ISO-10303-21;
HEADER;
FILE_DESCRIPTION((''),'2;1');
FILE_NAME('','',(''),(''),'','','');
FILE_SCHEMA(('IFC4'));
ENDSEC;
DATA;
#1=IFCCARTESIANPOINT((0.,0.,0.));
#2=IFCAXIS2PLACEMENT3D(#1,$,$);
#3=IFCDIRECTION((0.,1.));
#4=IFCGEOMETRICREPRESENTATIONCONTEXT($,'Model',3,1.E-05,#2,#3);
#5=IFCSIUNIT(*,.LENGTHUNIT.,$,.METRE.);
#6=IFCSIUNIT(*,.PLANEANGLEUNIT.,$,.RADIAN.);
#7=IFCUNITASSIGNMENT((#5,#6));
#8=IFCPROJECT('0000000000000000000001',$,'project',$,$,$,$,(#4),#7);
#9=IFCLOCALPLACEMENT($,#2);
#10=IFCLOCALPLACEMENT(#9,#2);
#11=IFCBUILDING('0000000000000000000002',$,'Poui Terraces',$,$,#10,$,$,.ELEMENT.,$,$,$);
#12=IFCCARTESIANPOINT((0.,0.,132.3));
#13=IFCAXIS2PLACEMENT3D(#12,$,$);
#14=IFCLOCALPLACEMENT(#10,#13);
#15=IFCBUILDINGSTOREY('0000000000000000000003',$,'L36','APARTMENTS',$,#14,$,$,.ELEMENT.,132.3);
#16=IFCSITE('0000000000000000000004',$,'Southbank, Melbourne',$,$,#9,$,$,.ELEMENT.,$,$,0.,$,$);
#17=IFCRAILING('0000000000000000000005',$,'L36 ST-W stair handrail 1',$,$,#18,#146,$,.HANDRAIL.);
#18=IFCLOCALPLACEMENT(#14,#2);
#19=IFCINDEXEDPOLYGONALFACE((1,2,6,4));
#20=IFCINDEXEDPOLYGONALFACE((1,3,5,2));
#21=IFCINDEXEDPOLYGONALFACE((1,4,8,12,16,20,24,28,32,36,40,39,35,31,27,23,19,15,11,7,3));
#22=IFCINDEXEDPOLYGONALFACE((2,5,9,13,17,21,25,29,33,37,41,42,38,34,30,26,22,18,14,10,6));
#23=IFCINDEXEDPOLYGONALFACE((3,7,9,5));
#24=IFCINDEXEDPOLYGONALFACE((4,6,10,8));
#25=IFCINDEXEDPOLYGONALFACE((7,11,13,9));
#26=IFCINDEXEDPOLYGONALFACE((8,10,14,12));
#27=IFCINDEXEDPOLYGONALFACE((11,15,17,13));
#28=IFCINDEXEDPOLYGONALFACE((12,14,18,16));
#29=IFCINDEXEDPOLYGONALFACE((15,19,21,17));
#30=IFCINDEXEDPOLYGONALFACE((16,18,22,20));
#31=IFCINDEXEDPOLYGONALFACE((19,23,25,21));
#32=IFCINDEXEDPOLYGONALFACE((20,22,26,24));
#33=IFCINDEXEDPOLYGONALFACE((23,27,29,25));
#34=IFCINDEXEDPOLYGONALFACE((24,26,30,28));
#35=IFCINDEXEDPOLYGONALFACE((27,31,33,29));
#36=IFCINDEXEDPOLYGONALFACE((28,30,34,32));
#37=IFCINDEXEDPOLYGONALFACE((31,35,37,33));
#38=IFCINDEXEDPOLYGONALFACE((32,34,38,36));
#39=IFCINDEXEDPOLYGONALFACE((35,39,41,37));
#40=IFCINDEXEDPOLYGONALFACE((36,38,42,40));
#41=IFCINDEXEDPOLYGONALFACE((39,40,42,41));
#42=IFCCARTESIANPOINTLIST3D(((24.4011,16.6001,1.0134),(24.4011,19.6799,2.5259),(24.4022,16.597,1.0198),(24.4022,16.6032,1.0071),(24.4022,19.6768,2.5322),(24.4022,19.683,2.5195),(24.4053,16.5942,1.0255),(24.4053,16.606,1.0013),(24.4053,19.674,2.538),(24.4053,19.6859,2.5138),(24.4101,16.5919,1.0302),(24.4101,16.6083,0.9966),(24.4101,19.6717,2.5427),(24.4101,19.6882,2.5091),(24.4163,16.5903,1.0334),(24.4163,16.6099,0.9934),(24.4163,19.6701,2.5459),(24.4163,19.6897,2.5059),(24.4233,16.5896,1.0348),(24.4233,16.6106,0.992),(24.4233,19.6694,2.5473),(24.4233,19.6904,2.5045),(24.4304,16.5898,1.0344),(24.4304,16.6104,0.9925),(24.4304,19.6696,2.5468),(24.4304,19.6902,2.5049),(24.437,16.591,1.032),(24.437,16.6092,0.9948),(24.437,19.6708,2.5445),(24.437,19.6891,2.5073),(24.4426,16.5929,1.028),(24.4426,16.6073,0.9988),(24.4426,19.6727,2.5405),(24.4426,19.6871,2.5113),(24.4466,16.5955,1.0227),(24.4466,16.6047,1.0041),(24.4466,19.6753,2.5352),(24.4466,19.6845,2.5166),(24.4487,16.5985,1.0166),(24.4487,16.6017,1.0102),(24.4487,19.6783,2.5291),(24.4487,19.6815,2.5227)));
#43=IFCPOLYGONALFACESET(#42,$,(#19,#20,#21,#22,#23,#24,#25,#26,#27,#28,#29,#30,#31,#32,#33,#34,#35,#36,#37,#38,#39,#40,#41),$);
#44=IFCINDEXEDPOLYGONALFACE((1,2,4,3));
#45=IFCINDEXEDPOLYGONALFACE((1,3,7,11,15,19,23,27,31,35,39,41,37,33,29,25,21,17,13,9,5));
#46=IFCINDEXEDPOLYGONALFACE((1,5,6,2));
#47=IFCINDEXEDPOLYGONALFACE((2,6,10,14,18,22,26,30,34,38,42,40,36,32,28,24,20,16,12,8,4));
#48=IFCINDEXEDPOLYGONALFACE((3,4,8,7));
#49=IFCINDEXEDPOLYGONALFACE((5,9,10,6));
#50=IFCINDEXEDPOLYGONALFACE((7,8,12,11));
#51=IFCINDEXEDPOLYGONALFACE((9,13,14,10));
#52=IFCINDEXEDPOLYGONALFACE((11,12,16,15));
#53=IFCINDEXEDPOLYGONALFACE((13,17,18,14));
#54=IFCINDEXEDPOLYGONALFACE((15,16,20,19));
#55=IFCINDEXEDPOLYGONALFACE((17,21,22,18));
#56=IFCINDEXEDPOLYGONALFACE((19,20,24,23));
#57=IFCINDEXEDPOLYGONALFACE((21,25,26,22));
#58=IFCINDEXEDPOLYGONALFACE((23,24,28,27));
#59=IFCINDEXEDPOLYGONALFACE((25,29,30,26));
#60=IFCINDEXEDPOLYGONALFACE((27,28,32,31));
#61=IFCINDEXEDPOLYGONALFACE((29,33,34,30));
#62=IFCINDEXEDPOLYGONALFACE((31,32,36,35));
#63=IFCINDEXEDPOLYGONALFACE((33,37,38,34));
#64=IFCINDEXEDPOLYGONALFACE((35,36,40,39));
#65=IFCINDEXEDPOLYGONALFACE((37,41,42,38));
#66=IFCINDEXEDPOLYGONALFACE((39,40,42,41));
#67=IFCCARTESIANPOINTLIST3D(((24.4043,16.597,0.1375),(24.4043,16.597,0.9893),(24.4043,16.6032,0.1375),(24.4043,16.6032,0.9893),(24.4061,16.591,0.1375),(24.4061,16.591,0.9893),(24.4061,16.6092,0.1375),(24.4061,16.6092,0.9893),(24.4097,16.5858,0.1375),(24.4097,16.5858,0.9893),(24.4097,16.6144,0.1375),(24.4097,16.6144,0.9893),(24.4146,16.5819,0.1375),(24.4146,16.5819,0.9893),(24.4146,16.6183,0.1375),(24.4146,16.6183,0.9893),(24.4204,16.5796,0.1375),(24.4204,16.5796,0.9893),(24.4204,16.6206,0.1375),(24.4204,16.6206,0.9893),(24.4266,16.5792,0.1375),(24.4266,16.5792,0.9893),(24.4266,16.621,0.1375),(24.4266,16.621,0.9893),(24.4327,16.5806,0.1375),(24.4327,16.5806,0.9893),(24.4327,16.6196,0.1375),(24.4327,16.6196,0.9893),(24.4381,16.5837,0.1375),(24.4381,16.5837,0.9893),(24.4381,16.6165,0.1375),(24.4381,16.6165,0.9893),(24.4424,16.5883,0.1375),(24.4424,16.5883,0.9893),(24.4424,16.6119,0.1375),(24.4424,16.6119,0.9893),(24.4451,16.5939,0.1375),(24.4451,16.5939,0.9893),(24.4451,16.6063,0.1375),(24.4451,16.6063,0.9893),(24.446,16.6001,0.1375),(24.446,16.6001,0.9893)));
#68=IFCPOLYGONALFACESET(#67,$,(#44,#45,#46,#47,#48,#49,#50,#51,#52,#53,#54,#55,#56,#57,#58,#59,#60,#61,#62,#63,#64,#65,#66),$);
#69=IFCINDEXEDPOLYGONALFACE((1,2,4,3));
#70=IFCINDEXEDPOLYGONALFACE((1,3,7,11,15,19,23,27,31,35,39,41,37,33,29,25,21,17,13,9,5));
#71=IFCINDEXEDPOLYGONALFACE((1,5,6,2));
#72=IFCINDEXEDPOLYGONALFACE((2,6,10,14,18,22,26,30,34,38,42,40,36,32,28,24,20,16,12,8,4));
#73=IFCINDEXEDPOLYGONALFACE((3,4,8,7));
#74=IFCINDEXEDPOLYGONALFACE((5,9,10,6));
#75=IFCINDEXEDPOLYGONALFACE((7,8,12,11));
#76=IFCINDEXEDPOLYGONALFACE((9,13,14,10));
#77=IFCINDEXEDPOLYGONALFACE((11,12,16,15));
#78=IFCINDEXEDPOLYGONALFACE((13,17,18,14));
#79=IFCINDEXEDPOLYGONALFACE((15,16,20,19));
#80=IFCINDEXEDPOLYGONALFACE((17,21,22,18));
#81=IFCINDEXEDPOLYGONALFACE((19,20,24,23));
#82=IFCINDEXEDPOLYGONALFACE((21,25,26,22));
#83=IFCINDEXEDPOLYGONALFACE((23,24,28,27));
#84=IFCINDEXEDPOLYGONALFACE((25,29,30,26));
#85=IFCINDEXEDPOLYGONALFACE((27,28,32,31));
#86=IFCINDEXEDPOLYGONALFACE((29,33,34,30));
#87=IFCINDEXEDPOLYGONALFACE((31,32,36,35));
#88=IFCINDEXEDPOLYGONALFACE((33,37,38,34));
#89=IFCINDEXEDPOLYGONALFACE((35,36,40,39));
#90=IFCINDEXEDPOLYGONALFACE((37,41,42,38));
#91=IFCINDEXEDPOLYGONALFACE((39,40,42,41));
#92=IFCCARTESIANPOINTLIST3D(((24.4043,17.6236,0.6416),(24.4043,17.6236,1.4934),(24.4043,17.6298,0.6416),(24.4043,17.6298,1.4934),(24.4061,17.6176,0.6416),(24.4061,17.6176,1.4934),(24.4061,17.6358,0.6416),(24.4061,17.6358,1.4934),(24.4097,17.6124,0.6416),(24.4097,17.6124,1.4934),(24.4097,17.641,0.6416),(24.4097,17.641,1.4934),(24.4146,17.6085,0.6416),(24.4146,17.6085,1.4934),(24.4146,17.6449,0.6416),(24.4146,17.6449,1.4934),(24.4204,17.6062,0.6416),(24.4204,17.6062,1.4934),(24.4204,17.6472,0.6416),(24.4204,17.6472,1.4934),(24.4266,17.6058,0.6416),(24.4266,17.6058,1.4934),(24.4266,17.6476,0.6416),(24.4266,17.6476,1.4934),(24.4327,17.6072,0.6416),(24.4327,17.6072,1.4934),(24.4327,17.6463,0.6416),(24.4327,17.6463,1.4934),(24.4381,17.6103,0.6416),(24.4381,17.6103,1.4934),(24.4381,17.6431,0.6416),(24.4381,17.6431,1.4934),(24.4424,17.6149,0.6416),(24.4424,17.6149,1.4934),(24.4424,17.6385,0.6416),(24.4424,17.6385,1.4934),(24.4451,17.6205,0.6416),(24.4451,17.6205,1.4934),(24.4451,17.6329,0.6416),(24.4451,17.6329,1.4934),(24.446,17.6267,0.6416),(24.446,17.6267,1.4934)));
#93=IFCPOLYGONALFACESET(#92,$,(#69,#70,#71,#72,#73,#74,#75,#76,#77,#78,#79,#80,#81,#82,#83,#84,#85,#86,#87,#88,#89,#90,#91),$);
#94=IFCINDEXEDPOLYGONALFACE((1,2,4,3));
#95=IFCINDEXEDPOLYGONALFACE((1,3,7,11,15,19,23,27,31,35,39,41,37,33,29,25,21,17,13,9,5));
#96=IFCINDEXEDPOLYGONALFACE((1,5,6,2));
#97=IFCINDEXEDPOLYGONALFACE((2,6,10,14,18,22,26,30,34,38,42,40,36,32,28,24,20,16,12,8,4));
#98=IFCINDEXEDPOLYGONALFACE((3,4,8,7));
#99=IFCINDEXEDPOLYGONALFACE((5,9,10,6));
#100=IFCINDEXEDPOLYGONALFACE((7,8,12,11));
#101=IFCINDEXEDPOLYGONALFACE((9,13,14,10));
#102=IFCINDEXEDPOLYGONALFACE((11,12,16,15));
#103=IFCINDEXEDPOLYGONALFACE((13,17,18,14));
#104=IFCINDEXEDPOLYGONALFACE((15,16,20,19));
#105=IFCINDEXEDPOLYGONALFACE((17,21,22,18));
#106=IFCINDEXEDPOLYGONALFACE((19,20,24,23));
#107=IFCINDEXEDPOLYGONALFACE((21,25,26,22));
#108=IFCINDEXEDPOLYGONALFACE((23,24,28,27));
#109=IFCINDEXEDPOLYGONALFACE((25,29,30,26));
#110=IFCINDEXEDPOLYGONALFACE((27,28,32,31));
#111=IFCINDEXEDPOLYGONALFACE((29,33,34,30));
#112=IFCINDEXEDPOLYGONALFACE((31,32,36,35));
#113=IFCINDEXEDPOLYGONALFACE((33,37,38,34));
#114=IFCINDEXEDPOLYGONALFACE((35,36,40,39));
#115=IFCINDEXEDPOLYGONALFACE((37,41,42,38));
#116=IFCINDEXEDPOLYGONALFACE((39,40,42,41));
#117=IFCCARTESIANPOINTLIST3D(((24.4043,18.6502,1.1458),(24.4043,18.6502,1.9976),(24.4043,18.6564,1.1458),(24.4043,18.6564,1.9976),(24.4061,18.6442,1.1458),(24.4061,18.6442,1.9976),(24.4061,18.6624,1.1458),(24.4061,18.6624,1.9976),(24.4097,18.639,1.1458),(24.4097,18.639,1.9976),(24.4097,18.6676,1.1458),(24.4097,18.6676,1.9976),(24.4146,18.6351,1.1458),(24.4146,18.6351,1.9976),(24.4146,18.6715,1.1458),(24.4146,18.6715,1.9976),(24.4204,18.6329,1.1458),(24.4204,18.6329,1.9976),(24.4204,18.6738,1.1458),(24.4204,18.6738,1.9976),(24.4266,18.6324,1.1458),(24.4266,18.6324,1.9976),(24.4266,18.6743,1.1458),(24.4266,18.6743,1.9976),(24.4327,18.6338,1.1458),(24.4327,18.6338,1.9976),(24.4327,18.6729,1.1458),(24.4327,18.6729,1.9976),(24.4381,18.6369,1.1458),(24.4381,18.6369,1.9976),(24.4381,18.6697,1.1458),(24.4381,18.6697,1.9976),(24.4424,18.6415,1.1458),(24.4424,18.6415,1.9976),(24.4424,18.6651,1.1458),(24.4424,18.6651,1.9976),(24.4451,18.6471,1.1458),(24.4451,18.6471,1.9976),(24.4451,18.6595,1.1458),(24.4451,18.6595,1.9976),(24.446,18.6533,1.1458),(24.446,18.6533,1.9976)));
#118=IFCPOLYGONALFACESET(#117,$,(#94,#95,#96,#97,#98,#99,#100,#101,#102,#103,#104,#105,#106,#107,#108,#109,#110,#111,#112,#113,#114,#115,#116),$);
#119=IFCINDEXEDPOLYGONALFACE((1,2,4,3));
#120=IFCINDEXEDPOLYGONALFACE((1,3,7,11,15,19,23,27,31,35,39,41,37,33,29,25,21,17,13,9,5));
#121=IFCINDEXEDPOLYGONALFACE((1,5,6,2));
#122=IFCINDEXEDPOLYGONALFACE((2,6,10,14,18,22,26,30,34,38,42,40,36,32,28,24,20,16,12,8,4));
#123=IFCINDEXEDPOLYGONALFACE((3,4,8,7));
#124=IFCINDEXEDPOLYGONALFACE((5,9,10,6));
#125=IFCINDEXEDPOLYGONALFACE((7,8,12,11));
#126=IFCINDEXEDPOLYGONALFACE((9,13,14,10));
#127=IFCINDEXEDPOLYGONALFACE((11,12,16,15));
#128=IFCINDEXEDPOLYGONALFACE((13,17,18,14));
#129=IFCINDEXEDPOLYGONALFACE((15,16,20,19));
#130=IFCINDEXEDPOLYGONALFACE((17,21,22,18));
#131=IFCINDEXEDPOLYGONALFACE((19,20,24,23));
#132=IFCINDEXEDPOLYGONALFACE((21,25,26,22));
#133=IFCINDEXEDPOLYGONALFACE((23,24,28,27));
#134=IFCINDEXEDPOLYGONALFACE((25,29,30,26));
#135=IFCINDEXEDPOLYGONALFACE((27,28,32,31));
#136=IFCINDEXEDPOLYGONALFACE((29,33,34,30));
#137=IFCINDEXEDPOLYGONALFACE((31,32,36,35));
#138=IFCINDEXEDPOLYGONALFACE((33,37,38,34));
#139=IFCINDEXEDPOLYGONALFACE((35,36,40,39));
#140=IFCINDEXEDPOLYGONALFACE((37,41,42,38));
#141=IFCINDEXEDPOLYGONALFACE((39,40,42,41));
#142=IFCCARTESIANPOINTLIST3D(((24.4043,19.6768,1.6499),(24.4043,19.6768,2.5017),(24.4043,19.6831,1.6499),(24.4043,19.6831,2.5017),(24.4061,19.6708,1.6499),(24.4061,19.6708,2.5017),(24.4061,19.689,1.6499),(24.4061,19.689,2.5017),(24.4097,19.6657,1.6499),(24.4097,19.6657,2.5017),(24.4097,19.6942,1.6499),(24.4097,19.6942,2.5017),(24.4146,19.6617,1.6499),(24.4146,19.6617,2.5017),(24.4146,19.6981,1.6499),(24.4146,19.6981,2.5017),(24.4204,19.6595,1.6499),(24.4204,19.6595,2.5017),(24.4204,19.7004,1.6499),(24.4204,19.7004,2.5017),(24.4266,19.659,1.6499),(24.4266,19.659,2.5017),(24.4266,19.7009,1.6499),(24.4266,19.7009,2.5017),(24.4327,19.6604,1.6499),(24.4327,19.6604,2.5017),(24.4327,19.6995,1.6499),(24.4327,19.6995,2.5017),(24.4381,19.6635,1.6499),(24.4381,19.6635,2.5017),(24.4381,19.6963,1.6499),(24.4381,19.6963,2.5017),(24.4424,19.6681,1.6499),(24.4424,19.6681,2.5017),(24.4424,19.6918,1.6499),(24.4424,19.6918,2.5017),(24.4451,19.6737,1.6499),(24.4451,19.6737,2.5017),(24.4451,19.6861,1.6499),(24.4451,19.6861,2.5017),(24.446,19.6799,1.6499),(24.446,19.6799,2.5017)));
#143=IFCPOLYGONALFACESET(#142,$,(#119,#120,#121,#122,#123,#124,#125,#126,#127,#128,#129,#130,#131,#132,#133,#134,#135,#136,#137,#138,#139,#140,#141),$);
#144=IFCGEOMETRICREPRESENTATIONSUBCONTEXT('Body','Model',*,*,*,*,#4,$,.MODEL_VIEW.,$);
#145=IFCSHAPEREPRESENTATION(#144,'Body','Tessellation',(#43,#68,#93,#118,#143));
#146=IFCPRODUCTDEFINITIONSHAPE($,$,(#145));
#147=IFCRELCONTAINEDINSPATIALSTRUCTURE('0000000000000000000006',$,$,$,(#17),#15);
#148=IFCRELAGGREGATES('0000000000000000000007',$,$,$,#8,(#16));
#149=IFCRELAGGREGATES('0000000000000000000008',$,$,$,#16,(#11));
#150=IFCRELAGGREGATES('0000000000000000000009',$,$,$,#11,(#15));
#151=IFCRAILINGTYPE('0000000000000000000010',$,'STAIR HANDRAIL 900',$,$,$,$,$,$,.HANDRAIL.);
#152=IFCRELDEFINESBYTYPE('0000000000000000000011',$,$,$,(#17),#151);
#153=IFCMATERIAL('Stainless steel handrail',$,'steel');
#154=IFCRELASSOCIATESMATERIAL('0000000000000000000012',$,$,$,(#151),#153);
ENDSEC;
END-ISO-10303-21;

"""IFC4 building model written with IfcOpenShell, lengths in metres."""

from ifc_helpers import new_model, si_unit, direction, frame, origin, origin_2d, place, context, subcontext, project, spatial, circle, extrude, material, type_object, element, save


model = new_model("IFC4")

# Units and contexts
model_context = context("Model", 3, precision=1e-05, world=origin(), true_north=direction((0.0, 1.0)))
body_context = subcontext(model_context, "Body", "Model", "MODEL_VIEW")
ifc_project = project(units=[si_unit("LENGTHUNIT", "METRE"), si_unit("PLANEANGLEUNIT", "RADIAN")], contexts=[model_context])

# Site, building, storey
site_placement = place(None, origin())
site = spatial("IfcSite", under=ifc_project, at=site_placement, Name="Southbank, Melbourne", CompositionType="ELEMENT", RefElevation=0.0)
building_placement = place(site_placement, origin())
building = spatial("IfcBuilding", under=site, at=building_placement, Name="Poui Terraces", CompositionType="ELEMENT")
storey_placement = place(building_placement, frame((0.0, 0.0, 132.3)))
storey = spatial("IfcBuildingStorey", under=building, at=storey_placement, Name="L36", Description="APARTMENTS", CompositionType="ELEMENT", Elevation=132.3)

# Railing
ifc_material_1 = material(Name="Stainless steel handrail", Category="steel")
railing_type_1 = type_object("IfcRailingType", Name="STAIR HANDRAIL 900", PredefinedType="HANDRAIL", material=ifc_material_1)
railing_1_placement = place(storey_placement, frame((24.425, 16.6001, 0.1375)))
element("IfcRailing", 1, at=railing_1_placement, inside=storey, type_object=railing_type_1, Name="L36 ST-W stair handrail 1", PredefinedType="HANDRAIL", context=body_context, shape_type="SweptSolid", body=[
    extrude(circle(Radius=0.0239, at=origin_2d()), frame((0.0, 0.0, 0.876), z_axis=(0.0, 0.897606, 0.440798), x_axis=(-1.0, 0.0, 0.0)), (0.0, 0.0, 1.0), 3.4312),
    extrude(circle(Radius=0.021, at=origin_2d()), origin(), (0.0, 0.0, 1.0), 0.8518),
    extrude(circle(Radius=0.021, at=origin_2d()), frame((0.0, 1.0266, 0.5042)), (0.0, 0.0, 1.0), 0.8518),
    extrude(circle(Radius=0.021, at=origin_2d()), frame((0.0, 2.0532, 1.0083)), (0.0, 0.0, 1.0), 0.8518),
    extrude(circle(Radius=0.021, at=origin_2d()), frame((0.0, 3.0798, 1.5125)), (0.0, 0.0, 1.0), 0.8518),
])

save(model, "model.ifc")
